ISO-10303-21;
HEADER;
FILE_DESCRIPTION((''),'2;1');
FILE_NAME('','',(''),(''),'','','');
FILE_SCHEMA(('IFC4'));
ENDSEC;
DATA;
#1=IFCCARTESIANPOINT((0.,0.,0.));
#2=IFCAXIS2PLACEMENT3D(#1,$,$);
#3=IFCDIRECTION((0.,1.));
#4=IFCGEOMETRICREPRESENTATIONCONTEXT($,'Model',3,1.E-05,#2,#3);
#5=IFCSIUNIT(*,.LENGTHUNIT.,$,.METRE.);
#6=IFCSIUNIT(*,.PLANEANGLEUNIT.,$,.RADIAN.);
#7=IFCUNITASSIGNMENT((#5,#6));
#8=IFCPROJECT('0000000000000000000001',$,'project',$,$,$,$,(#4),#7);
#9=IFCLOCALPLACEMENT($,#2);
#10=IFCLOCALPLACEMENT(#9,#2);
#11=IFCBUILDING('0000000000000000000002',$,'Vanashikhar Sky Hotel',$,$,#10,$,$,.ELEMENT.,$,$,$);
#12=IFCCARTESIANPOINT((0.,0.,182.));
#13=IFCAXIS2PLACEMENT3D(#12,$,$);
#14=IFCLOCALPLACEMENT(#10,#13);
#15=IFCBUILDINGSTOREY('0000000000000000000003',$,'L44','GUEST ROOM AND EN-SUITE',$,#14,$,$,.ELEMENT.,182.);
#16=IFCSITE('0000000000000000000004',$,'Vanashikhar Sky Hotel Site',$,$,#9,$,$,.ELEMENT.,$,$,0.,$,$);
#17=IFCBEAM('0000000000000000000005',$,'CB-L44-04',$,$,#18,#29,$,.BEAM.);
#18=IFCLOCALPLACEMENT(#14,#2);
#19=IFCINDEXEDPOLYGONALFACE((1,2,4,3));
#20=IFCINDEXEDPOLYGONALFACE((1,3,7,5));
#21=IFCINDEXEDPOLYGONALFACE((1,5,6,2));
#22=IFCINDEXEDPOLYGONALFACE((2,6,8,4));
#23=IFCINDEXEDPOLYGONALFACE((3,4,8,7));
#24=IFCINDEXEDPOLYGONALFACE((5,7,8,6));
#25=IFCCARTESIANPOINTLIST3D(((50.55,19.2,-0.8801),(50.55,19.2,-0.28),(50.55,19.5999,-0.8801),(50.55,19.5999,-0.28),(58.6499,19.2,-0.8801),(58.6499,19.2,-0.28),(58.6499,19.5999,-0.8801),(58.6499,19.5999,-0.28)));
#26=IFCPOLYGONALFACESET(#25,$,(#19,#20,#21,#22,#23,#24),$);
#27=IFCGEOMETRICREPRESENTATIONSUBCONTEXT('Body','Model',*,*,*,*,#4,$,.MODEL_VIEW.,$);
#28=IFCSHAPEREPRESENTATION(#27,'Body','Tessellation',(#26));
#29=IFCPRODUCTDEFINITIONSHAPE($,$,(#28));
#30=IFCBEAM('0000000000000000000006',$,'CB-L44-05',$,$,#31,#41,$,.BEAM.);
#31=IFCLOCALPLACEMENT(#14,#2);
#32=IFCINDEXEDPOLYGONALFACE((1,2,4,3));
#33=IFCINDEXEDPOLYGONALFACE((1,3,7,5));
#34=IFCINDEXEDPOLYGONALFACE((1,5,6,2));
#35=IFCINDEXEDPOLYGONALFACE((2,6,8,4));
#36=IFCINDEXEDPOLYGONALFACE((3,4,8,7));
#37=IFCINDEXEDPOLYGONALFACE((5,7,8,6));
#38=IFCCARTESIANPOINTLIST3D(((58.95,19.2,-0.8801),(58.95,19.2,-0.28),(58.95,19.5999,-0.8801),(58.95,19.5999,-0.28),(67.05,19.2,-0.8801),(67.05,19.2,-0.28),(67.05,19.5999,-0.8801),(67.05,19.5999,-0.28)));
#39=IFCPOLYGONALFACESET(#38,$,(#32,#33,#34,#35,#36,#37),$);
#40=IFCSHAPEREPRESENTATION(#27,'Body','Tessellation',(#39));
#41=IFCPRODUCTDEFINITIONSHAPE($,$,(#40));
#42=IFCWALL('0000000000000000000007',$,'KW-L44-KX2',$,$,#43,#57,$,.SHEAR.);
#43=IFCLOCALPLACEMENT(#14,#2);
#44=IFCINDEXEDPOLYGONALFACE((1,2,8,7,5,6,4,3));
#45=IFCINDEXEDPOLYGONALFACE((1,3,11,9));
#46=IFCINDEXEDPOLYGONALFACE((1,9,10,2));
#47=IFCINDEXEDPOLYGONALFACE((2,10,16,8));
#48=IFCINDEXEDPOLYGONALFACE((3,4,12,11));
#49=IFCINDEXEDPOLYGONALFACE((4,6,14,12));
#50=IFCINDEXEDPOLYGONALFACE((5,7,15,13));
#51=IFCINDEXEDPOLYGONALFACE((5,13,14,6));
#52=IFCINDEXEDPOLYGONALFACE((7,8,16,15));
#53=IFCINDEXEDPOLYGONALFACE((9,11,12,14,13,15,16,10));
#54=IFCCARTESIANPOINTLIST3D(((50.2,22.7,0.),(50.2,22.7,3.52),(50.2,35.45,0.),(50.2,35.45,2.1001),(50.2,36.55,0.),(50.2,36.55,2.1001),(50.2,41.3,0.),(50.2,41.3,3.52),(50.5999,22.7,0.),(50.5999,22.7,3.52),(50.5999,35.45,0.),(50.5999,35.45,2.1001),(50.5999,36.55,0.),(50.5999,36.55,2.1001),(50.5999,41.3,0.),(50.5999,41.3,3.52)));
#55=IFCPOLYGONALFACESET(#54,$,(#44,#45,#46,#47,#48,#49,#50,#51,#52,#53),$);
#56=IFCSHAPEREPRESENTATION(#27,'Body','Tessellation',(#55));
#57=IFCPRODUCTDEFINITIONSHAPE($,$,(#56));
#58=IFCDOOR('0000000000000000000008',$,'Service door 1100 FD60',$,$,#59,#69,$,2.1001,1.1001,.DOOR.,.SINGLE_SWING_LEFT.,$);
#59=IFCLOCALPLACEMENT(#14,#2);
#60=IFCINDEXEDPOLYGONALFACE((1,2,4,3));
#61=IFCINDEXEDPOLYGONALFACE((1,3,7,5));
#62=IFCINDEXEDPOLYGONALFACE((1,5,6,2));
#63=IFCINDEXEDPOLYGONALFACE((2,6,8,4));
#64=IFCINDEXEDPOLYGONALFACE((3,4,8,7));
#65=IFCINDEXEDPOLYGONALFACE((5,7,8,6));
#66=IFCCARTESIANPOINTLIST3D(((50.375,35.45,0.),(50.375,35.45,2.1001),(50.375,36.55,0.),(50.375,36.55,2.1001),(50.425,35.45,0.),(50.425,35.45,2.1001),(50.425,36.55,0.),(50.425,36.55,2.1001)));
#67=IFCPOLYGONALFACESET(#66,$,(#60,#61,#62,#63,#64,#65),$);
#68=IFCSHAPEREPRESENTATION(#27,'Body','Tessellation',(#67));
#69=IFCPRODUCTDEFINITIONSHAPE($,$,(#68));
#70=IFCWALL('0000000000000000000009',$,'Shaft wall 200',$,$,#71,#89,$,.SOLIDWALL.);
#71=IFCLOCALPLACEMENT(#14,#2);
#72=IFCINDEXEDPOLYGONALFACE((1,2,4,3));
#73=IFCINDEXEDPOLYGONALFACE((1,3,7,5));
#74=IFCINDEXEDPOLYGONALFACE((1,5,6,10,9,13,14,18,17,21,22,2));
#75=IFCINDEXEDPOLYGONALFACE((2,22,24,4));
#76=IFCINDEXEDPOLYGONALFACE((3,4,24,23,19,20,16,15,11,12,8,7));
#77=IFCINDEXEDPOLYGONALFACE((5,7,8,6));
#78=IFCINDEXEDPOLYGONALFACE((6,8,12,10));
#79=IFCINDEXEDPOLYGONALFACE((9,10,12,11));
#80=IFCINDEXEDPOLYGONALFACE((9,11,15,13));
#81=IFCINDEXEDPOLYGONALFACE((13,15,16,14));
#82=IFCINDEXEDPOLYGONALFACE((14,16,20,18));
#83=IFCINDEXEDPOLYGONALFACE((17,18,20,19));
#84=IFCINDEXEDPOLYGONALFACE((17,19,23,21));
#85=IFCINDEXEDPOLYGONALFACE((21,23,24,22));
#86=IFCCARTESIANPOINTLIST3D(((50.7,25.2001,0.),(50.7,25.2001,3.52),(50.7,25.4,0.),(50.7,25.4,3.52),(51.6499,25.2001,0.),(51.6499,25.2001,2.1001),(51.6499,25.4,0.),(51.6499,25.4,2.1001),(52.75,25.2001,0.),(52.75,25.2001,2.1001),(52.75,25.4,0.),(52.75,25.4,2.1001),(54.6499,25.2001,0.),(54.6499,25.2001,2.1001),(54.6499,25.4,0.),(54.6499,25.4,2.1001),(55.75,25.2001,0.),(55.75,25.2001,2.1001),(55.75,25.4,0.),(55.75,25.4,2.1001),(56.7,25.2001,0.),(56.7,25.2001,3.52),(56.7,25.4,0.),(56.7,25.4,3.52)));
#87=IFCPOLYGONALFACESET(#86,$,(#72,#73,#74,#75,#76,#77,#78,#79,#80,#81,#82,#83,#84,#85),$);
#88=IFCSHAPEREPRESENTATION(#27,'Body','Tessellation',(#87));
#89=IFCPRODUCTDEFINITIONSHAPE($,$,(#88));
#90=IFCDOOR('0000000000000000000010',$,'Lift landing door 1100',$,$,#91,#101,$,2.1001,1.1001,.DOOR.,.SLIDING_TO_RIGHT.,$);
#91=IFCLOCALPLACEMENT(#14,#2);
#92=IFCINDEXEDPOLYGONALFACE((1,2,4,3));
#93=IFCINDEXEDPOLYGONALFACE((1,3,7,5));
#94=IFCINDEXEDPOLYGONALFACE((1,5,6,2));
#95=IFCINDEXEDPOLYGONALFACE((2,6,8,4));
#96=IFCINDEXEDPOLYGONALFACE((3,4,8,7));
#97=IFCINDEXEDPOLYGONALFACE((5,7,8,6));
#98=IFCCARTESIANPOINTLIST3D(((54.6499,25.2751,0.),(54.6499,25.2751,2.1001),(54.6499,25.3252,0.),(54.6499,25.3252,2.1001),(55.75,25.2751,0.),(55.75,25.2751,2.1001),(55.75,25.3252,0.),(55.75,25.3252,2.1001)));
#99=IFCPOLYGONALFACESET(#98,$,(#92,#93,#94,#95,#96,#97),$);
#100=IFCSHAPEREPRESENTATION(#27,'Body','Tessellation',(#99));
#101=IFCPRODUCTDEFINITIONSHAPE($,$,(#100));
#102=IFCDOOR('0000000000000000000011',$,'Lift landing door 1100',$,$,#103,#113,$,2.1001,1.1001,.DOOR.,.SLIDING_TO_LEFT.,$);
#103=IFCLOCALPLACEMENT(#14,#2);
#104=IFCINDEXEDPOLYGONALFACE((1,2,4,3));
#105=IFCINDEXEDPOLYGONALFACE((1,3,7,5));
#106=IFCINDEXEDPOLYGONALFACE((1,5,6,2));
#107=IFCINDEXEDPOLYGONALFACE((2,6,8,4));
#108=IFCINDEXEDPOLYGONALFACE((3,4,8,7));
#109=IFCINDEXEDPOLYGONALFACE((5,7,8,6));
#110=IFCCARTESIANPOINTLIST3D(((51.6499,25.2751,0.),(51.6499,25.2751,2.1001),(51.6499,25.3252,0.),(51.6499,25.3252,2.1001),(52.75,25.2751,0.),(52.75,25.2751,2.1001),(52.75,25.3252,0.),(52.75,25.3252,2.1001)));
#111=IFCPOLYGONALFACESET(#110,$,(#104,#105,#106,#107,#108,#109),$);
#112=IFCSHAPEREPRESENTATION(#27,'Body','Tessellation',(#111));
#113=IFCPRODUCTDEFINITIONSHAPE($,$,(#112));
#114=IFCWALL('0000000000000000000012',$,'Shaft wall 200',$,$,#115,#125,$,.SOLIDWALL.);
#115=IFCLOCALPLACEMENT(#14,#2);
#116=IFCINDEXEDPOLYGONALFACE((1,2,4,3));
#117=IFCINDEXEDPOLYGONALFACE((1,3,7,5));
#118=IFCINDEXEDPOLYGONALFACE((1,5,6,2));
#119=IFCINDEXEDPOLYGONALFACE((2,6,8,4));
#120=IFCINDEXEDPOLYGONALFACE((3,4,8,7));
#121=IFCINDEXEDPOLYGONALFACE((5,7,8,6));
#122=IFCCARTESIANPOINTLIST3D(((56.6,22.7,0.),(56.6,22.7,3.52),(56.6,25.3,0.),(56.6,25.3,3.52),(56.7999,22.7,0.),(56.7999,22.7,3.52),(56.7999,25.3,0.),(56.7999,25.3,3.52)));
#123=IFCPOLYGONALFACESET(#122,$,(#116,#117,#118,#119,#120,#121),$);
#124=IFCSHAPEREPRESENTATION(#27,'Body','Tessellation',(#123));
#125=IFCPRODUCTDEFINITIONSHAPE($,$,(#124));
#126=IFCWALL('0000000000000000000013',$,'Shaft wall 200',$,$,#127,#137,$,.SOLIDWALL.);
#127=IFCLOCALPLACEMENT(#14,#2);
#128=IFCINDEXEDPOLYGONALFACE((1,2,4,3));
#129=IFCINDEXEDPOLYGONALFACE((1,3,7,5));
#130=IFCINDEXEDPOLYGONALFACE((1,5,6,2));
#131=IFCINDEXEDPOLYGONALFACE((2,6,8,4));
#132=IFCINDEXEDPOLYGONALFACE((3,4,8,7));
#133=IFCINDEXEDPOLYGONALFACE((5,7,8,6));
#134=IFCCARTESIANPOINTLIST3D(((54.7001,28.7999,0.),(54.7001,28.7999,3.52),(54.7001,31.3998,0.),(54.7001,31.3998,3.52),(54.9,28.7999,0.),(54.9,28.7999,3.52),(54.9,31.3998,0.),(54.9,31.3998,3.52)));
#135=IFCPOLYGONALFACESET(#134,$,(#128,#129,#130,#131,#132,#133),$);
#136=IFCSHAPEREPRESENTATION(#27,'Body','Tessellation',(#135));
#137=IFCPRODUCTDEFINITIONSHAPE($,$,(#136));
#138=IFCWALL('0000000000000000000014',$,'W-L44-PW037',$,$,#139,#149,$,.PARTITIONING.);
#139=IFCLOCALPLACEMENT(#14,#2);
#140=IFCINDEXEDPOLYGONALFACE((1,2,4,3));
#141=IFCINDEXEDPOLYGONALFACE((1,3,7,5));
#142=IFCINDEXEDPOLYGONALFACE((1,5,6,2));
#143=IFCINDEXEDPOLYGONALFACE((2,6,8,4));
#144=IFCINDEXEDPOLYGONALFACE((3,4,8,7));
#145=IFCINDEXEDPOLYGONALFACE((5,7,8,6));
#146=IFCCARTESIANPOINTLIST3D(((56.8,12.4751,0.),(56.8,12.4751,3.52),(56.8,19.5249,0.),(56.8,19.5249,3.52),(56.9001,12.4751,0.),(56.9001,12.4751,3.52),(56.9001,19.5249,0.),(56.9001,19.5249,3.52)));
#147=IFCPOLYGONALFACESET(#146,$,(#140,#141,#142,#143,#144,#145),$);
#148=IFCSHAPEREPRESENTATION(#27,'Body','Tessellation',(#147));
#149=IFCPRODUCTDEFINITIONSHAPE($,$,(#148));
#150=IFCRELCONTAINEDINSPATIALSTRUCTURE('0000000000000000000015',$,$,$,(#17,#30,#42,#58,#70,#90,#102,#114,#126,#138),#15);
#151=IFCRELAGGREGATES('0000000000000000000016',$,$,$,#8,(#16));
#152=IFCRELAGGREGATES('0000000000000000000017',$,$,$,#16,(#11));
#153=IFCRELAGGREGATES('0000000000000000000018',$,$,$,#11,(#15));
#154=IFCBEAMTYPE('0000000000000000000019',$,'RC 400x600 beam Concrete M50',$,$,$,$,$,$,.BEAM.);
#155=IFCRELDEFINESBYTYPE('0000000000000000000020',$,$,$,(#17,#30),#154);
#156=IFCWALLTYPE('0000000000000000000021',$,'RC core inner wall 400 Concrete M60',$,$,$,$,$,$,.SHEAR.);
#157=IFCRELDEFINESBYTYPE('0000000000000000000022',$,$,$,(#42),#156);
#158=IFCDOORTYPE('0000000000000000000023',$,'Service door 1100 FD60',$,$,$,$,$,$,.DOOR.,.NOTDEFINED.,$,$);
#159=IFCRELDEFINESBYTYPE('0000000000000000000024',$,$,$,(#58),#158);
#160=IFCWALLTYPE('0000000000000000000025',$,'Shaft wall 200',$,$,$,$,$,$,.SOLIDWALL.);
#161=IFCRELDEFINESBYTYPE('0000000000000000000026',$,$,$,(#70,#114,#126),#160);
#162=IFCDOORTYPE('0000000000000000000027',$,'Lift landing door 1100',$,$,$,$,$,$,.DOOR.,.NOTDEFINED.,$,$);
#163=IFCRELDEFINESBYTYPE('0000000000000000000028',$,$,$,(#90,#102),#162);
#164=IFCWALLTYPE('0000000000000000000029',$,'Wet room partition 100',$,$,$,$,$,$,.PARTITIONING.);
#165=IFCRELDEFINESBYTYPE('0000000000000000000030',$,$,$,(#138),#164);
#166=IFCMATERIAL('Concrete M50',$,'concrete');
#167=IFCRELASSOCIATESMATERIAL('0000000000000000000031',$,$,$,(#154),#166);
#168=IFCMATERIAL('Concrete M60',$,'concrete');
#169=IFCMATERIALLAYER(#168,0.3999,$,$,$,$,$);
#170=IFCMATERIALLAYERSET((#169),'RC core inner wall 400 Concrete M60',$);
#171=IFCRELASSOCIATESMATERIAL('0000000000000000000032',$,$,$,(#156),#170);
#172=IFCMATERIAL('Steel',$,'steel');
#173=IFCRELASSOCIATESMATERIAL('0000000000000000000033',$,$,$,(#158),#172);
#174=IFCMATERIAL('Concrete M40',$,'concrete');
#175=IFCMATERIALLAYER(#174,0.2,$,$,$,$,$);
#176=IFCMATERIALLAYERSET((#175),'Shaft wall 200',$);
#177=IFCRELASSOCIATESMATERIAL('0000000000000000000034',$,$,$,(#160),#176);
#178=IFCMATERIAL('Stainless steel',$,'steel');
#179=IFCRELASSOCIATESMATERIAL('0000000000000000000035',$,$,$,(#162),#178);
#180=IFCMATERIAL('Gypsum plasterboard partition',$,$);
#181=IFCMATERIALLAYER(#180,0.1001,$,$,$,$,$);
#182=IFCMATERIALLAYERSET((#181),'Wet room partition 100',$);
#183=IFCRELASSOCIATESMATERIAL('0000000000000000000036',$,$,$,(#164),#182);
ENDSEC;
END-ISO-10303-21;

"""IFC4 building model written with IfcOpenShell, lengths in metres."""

from ifc_helpers import new_model, si_unit, direction, frame, frame_2d, origin, origin_2d, place, context, subcontext, project, spatial, rectangle, extrude, source, transform, mapped, material, layer, layer_set, material_profile, profile_set, type_object, element, fill, save


model = new_model("IFC4")

# Units and contexts
model_context = context("Model", 3, precision=1e-05, world=origin(), true_north=direction((0.0, 1.0)))
body_context = subcontext(model_context, "Body", "Model", "MODEL_VIEW")
ifc_project = project(units=[si_unit("LENGTHUNIT", "METRE"), si_unit("PLANEANGLEUNIT", "RADIAN")], contexts=[model_context])

# Site, building, storey
site_placement = place(None, origin())
site = spatial("IfcSite", under=ifc_project, at=site_placement, Name="Vanashikhar Sky Hotel Site", CompositionType="ELEMENT", RefElevation=0.0)
building_placement = place(site_placement, origin())
building = spatial("IfcBuilding", under=site, at=building_placement, Name="Vanashikhar Sky Hotel", CompositionType="ELEMENT")
storey_placement = place(building_placement, frame((0.0, 0.0, 182.0)))
storey = spatial("IfcBuildingStorey", under=building, at=storey_placement, Name="L44", Description="GUEST ROOM AND EN-SUITE", CompositionType="ELEMENT", Elevation=182.0)

# Beams
ifc_material_1 = material(Name="Concrete M50", Category="concrete")
ifc_material_profile = material_profile(ifc_material_1, rectangle(XDim=0.3999, YDim=0.6001, at=origin_2d()))
ifc_profile_set = profile_set([ifc_material_profile], Name="RC 400x600 beam Concrete M50")
beam_type = type_object("IfcBeamType", Name="RC 400x600 beam Concrete M50", PredefinedType="BEAM", material=ifc_profile_set)
shared_shape_1 = source(origin(), body_context, "Body", "SweptSolid", [
    extrude(rectangle(XDim=0.3999, YDim=0.6001, at=origin_2d()), origin(), (0.0, 0.0, 1.0), 8.0999),
])
beam_1_placement = place(storey_placement, frame((50.55, 19.3999, -0.5801), z_axis=(1.0, 0.0, 0.0), x_axis=(0.0, 1.0, 0.0)))
element("IfcBeam", 1, at=beam_1_placement, inside=storey, type_object=beam_type, Name="CB-L44-04", PredefinedType="BEAM", context=body_context, shape_type="MappedRepresentation", body=[
    mapped(shared_shape_1, transform((0.0, 0.0, 0.0), scale=1.0)),
])
shared_shape_2 = source(origin(), body_context, "Body", "SweptSolid", [
    extrude(rectangle(XDim=0.3999, YDim=0.6001, at=origin_2d()), origin(), (0.0, 0.0, 1.0), 8.1001),
])
beam_2_placement = place(storey_placement, frame((58.95, 19.3999, -0.5801), z_axis=(1.0, 0.0, 0.0), x_axis=(0.0, 1.0, 0.0)))
element("IfcBeam", 2, at=beam_2_placement, inside=storey, type_object=beam_type, Name="CB-L44-05", PredefinedType="BEAM", context=body_context, shape_type="MappedRepresentation", body=[
    mapped(shared_shape_2, transform((0.0, 0.0, 0.0), scale=1.0)),
])

# Wall, opening, door
ifc_material_2 = material(Name="Concrete M60", Category="concrete")
ifc_layer_1 = layer(ifc_material_2, 0.3999)
ifc_layer_set_1 = layer_set([ifc_layer_1], Name="RC core inner wall 400 Concrete M60")
wall_type_1 = type_object("IfcWallType", Name="RC core inner wall 400 Concrete M60", PredefinedType="SHEAR", material=ifc_layer_set_1)
shared_shape_3 = source(origin(), body_context, "Body", "SweptSolid", [
    extrude(rectangle(XDim=18.6001, YDim=0.3999, at=frame_2d((9.3, 0.0))), origin(), (0.0, 0.0, 1.0), 3.52),
])
wall_1_placement = place(storey_placement, frame((50.3999, 22.7, 0.0), z_axis=(0.0, 0.0, 1.0), x_axis=(0.0, 1.0, 0.0)))
wall_1 = element("IfcWall", 3, at=wall_1_placement, inside=storey, type_object=wall_type_1, Name="KW-L44-KX2", PredefinedType="SHEAR", context=body_context, shape_type="MappedRepresentation", body=[
    mapped(shared_shape_3, transform((0.0, 0.0, 0.0), scale=1.0)),
])
shared_shape_4 = source(origin(), body_context, "Body", "SweptSolid", [
    extrude(rectangle(XDim=1.1001, YDim=2.1001, at=frame_2d((0.55, 1.05))), frame((0.0, 0.21, 0.0), z_axis=(0.0, -1.0, 0.0), x_axis=(1.0, 0.0, 0.0)), (0.0, 0.0, 1.0), 0.4199),
])
opening_1_placement = place(wall_1_placement, frame((12.75, 0.0, 0.0)))
opening_1 = element("IfcOpeningElement", 4, at=opening_1_placement, cuts=wall_1, PredefinedType="OPENING", context=body_context, shape_type="MappedRepresentation", body=[
    mapped(shared_shape_4, transform((0.0, 0.0, 0.0), scale=1.0)),
])
ifc_material_3 = material(Name="Steel", Category="steel")
door_type_1 = type_object("IfcDoorType", Name="Service door 1100 FD60", OperationType="NOTDEFINED", PredefinedType="DOOR", material=ifc_material_3)
shared_shape_5 = source(origin(), body_context, "Body", "SweptSolid", [
    extrude(rectangle(XDim=1.1001, YDim=2.1001, at=frame_2d((0.55, 1.05))), frame((0.0, 0.0249, 0.0), z_axis=(0.0, -1.0, 0.0), x_axis=(1.0, 0.0, 0.0)), (0.0, 0.0, 1.0), 0.05),
])
door_1_placement = place(opening_1_placement, origin())
door_1 = element("IfcDoor", 5, at=door_1_placement, inside=storey, type_object=door_type_1, Name="Service door 1100 FD60", OperationType="SINGLE_SWING_LEFT", OverallHeight=2.1001, OverallWidth=1.1001, PredefinedType="DOOR", context=body_context, shape_type="MappedRepresentation", body=[
    mapped(shared_shape_5, transform((0.0, 0.0, 0.0), scale=1.0)),
])
fill(opening_1, door_1)

# Wall, openings, doors
ifc_material_4 = material(Name="Concrete M40", Category="concrete")
ifc_layer_2 = layer(ifc_material_4, 0.2)
ifc_layer_set_2 = layer_set([ifc_layer_2], Name="Shaft wall 200")
wall_type_2 = type_object("IfcWallType", Name="Shaft wall 200", PredefinedType="SOLIDWALL", material=ifc_layer_set_2)
shared_shape_6 = source(origin(), body_context, "Body", "SweptSolid", [
    extrude(rectangle(XDim=6.0, YDim=0.2, at=frame_2d((3.0, 0.0))), origin(), (0.0, 0.0, 1.0), 3.52),
])
wall_2_placement = place(storey_placement, frame((56.7, 25.3, 0.0), z_axis=(0.0, 0.0, 1.0), x_axis=(-1.0, 0.0, 0.0)))
wall_2 = element("IfcWall", 6, at=wall_2_placement, inside=storey, type_object=wall_type_2, Name="Shaft wall 200", PredefinedType="SOLIDWALL", context=body_context, shape_type="MappedRepresentation", body=[
    mapped(shared_shape_6, transform((0.0, 0.0, 0.0), scale=1.0)),
])
shared_shape_7 = source(origin(), body_context, "Body", "SweptSolid", [
    extrude(rectangle(XDim=1.1001, YDim=2.1001, at=frame_2d((0.55, 1.05))), frame((0.0, 0.1099, 0.0), z_axis=(0.0, -1.0, 0.0), x_axis=(1.0, 0.0, 0.0)), (0.0, 0.0, 1.0), 0.22),
])
opening_2_placement = place(wall_2_placement, frame((0.95, 0.0, 0.0)))
opening_2 = element("IfcOpeningElement", 7, at=opening_2_placement, cuts=wall_2, PredefinedType="OPENING", context=body_context, shape_type="MappedRepresentation", body=[
    mapped(shared_shape_7, transform((0.0, 0.0, 0.0), scale=1.0)),
])
opening_3_placement = place(wall_2_placement, frame((3.95, 0.0, 0.0)))
opening_3 = element("IfcOpeningElement", 8, at=opening_3_placement, cuts=wall_2, PredefinedType="OPENING", context=body_context, shape_type="MappedRepresentation", body=[
    mapped(shared_shape_7, transform((0.0, 0.0, 0.0), scale=1.0)),
])
ifc_material_5 = material(Name="Stainless steel", Category="steel")
door_type_2 = type_object("IfcDoorType", Name="Lift landing door 1100", OperationType="NOTDEFINED", PredefinedType="DOOR", material=ifc_material_5)
door_2_placement = place(opening_2_placement, origin())
door_2 = element("IfcDoor", 9, at=door_2_placement, inside=storey, type_object=door_type_2, Name="Lift landing door 1100", OperationType="SLIDING_TO_RIGHT", OverallHeight=2.1001, OverallWidth=1.1001, PredefinedType="DOOR", context=body_context, shape_type="MappedRepresentation", body=[
    mapped(shared_shape_5, transform((0.0, 0.0, 0.0), scale=1.0)),
])
fill(opening_2, door_2)
door_3_placement = place(opening_3_placement, origin())
door_3 = element("IfcDoor", 10, at=door_3_placement, inside=storey, type_object=door_type_2, Name="Lift landing door 1100", OperationType="SLIDING_TO_LEFT", OverallHeight=2.1001, OverallWidth=1.1001, PredefinedType="DOOR", context=body_context, shape_type="MappedRepresentation", body=[
    mapped(shared_shape_5, transform((0.0, 0.0, 0.0), scale=1.0)),
])
fill(opening_3, door_3)

# Walls
shared_shape_8 = source(origin(), body_context, "Body", "SweptSolid", [
    extrude(rectangle(XDim=2.6001, YDim=0.2, at=frame_2d((1.3, 0.0))), origin(), (0.0, 0.0, 1.0), 3.52),
])
wall_3_placement = place(storey_placement, frame((56.7, 22.7, 0.0), z_axis=(0.0, 0.0, 1.0), x_axis=(0.0, 1.0, 0.0)))
element("IfcWall", 11, at=wall_3_placement, inside=storey, type_object=wall_type_2, Name="Shaft wall 200", PredefinedType="SOLIDWALL", context=body_context, shape_type="MappedRepresentation", body=[
    mapped(shared_shape_8, transform((0.0, 0.0, 0.0), scale=1.0)),
])
shared_shape_9 = source(origin(), body_context, "Body", "SweptSolid", [
    extrude(rectangle(XDim=2.5999, YDim=0.2, at=frame_2d((1.2998, 0.0))), origin(), (0.0, 0.0, 1.0), 3.52),
])
wall_4_placement = place(storey_placement, frame((54.8, 28.8, 0.0), z_axis=(0.0, 0.0, 1.0), x_axis=(0.0, 1.0, 0.0)))
element("IfcWall", 12, at=wall_4_placement, inside=storey, type_object=wall_type_2, Name="Shaft wall 200", PredefinedType="SOLIDWALL", context=body_context, shape_type="MappedRepresentation", body=[
    mapped(shared_shape_9, transform((0.0, 0.0, 0.0), scale=1.0)),
])
ifc_material_6 = material(Name="Gypsum plasterboard partition")
ifc_layer_3 = layer(ifc_material_6, 0.1001)
ifc_layer_set_3 = layer_set([ifc_layer_3], Name="Wet room partition 100")
wall_type_3 = type_object("IfcWallType", Name="Wet room partition 100", PredefinedType="PARTITIONING", material=ifc_layer_set_3)
shared_shape_10 = source(origin(), body_context, "Body", "SweptSolid", [
    extrude(rectangle(XDim=7.0498, YDim=0.1001, at=frame_2d((3.5249, 0.0))), origin(), (0.0, 0.0, 1.0), 3.52),
])
wall_5_placement = place(storey_placement, frame((56.8501, 12.4751, 0.0), z_axis=(0.0, 0.0, 1.0), x_axis=(0.0, 1.0, 0.0)))
element("IfcWall", 13, at=wall_5_placement, inside=storey, type_object=wall_type_3, Name="W-L44-PW037", PredefinedType="PARTITIONING", context=body_context, shape_type="MappedRepresentation", body=[
    mapped(shared_shape_10, transform((0.0, 0.0, 0.0), scale=1.0)),
])

save(model, "model.ifc")
